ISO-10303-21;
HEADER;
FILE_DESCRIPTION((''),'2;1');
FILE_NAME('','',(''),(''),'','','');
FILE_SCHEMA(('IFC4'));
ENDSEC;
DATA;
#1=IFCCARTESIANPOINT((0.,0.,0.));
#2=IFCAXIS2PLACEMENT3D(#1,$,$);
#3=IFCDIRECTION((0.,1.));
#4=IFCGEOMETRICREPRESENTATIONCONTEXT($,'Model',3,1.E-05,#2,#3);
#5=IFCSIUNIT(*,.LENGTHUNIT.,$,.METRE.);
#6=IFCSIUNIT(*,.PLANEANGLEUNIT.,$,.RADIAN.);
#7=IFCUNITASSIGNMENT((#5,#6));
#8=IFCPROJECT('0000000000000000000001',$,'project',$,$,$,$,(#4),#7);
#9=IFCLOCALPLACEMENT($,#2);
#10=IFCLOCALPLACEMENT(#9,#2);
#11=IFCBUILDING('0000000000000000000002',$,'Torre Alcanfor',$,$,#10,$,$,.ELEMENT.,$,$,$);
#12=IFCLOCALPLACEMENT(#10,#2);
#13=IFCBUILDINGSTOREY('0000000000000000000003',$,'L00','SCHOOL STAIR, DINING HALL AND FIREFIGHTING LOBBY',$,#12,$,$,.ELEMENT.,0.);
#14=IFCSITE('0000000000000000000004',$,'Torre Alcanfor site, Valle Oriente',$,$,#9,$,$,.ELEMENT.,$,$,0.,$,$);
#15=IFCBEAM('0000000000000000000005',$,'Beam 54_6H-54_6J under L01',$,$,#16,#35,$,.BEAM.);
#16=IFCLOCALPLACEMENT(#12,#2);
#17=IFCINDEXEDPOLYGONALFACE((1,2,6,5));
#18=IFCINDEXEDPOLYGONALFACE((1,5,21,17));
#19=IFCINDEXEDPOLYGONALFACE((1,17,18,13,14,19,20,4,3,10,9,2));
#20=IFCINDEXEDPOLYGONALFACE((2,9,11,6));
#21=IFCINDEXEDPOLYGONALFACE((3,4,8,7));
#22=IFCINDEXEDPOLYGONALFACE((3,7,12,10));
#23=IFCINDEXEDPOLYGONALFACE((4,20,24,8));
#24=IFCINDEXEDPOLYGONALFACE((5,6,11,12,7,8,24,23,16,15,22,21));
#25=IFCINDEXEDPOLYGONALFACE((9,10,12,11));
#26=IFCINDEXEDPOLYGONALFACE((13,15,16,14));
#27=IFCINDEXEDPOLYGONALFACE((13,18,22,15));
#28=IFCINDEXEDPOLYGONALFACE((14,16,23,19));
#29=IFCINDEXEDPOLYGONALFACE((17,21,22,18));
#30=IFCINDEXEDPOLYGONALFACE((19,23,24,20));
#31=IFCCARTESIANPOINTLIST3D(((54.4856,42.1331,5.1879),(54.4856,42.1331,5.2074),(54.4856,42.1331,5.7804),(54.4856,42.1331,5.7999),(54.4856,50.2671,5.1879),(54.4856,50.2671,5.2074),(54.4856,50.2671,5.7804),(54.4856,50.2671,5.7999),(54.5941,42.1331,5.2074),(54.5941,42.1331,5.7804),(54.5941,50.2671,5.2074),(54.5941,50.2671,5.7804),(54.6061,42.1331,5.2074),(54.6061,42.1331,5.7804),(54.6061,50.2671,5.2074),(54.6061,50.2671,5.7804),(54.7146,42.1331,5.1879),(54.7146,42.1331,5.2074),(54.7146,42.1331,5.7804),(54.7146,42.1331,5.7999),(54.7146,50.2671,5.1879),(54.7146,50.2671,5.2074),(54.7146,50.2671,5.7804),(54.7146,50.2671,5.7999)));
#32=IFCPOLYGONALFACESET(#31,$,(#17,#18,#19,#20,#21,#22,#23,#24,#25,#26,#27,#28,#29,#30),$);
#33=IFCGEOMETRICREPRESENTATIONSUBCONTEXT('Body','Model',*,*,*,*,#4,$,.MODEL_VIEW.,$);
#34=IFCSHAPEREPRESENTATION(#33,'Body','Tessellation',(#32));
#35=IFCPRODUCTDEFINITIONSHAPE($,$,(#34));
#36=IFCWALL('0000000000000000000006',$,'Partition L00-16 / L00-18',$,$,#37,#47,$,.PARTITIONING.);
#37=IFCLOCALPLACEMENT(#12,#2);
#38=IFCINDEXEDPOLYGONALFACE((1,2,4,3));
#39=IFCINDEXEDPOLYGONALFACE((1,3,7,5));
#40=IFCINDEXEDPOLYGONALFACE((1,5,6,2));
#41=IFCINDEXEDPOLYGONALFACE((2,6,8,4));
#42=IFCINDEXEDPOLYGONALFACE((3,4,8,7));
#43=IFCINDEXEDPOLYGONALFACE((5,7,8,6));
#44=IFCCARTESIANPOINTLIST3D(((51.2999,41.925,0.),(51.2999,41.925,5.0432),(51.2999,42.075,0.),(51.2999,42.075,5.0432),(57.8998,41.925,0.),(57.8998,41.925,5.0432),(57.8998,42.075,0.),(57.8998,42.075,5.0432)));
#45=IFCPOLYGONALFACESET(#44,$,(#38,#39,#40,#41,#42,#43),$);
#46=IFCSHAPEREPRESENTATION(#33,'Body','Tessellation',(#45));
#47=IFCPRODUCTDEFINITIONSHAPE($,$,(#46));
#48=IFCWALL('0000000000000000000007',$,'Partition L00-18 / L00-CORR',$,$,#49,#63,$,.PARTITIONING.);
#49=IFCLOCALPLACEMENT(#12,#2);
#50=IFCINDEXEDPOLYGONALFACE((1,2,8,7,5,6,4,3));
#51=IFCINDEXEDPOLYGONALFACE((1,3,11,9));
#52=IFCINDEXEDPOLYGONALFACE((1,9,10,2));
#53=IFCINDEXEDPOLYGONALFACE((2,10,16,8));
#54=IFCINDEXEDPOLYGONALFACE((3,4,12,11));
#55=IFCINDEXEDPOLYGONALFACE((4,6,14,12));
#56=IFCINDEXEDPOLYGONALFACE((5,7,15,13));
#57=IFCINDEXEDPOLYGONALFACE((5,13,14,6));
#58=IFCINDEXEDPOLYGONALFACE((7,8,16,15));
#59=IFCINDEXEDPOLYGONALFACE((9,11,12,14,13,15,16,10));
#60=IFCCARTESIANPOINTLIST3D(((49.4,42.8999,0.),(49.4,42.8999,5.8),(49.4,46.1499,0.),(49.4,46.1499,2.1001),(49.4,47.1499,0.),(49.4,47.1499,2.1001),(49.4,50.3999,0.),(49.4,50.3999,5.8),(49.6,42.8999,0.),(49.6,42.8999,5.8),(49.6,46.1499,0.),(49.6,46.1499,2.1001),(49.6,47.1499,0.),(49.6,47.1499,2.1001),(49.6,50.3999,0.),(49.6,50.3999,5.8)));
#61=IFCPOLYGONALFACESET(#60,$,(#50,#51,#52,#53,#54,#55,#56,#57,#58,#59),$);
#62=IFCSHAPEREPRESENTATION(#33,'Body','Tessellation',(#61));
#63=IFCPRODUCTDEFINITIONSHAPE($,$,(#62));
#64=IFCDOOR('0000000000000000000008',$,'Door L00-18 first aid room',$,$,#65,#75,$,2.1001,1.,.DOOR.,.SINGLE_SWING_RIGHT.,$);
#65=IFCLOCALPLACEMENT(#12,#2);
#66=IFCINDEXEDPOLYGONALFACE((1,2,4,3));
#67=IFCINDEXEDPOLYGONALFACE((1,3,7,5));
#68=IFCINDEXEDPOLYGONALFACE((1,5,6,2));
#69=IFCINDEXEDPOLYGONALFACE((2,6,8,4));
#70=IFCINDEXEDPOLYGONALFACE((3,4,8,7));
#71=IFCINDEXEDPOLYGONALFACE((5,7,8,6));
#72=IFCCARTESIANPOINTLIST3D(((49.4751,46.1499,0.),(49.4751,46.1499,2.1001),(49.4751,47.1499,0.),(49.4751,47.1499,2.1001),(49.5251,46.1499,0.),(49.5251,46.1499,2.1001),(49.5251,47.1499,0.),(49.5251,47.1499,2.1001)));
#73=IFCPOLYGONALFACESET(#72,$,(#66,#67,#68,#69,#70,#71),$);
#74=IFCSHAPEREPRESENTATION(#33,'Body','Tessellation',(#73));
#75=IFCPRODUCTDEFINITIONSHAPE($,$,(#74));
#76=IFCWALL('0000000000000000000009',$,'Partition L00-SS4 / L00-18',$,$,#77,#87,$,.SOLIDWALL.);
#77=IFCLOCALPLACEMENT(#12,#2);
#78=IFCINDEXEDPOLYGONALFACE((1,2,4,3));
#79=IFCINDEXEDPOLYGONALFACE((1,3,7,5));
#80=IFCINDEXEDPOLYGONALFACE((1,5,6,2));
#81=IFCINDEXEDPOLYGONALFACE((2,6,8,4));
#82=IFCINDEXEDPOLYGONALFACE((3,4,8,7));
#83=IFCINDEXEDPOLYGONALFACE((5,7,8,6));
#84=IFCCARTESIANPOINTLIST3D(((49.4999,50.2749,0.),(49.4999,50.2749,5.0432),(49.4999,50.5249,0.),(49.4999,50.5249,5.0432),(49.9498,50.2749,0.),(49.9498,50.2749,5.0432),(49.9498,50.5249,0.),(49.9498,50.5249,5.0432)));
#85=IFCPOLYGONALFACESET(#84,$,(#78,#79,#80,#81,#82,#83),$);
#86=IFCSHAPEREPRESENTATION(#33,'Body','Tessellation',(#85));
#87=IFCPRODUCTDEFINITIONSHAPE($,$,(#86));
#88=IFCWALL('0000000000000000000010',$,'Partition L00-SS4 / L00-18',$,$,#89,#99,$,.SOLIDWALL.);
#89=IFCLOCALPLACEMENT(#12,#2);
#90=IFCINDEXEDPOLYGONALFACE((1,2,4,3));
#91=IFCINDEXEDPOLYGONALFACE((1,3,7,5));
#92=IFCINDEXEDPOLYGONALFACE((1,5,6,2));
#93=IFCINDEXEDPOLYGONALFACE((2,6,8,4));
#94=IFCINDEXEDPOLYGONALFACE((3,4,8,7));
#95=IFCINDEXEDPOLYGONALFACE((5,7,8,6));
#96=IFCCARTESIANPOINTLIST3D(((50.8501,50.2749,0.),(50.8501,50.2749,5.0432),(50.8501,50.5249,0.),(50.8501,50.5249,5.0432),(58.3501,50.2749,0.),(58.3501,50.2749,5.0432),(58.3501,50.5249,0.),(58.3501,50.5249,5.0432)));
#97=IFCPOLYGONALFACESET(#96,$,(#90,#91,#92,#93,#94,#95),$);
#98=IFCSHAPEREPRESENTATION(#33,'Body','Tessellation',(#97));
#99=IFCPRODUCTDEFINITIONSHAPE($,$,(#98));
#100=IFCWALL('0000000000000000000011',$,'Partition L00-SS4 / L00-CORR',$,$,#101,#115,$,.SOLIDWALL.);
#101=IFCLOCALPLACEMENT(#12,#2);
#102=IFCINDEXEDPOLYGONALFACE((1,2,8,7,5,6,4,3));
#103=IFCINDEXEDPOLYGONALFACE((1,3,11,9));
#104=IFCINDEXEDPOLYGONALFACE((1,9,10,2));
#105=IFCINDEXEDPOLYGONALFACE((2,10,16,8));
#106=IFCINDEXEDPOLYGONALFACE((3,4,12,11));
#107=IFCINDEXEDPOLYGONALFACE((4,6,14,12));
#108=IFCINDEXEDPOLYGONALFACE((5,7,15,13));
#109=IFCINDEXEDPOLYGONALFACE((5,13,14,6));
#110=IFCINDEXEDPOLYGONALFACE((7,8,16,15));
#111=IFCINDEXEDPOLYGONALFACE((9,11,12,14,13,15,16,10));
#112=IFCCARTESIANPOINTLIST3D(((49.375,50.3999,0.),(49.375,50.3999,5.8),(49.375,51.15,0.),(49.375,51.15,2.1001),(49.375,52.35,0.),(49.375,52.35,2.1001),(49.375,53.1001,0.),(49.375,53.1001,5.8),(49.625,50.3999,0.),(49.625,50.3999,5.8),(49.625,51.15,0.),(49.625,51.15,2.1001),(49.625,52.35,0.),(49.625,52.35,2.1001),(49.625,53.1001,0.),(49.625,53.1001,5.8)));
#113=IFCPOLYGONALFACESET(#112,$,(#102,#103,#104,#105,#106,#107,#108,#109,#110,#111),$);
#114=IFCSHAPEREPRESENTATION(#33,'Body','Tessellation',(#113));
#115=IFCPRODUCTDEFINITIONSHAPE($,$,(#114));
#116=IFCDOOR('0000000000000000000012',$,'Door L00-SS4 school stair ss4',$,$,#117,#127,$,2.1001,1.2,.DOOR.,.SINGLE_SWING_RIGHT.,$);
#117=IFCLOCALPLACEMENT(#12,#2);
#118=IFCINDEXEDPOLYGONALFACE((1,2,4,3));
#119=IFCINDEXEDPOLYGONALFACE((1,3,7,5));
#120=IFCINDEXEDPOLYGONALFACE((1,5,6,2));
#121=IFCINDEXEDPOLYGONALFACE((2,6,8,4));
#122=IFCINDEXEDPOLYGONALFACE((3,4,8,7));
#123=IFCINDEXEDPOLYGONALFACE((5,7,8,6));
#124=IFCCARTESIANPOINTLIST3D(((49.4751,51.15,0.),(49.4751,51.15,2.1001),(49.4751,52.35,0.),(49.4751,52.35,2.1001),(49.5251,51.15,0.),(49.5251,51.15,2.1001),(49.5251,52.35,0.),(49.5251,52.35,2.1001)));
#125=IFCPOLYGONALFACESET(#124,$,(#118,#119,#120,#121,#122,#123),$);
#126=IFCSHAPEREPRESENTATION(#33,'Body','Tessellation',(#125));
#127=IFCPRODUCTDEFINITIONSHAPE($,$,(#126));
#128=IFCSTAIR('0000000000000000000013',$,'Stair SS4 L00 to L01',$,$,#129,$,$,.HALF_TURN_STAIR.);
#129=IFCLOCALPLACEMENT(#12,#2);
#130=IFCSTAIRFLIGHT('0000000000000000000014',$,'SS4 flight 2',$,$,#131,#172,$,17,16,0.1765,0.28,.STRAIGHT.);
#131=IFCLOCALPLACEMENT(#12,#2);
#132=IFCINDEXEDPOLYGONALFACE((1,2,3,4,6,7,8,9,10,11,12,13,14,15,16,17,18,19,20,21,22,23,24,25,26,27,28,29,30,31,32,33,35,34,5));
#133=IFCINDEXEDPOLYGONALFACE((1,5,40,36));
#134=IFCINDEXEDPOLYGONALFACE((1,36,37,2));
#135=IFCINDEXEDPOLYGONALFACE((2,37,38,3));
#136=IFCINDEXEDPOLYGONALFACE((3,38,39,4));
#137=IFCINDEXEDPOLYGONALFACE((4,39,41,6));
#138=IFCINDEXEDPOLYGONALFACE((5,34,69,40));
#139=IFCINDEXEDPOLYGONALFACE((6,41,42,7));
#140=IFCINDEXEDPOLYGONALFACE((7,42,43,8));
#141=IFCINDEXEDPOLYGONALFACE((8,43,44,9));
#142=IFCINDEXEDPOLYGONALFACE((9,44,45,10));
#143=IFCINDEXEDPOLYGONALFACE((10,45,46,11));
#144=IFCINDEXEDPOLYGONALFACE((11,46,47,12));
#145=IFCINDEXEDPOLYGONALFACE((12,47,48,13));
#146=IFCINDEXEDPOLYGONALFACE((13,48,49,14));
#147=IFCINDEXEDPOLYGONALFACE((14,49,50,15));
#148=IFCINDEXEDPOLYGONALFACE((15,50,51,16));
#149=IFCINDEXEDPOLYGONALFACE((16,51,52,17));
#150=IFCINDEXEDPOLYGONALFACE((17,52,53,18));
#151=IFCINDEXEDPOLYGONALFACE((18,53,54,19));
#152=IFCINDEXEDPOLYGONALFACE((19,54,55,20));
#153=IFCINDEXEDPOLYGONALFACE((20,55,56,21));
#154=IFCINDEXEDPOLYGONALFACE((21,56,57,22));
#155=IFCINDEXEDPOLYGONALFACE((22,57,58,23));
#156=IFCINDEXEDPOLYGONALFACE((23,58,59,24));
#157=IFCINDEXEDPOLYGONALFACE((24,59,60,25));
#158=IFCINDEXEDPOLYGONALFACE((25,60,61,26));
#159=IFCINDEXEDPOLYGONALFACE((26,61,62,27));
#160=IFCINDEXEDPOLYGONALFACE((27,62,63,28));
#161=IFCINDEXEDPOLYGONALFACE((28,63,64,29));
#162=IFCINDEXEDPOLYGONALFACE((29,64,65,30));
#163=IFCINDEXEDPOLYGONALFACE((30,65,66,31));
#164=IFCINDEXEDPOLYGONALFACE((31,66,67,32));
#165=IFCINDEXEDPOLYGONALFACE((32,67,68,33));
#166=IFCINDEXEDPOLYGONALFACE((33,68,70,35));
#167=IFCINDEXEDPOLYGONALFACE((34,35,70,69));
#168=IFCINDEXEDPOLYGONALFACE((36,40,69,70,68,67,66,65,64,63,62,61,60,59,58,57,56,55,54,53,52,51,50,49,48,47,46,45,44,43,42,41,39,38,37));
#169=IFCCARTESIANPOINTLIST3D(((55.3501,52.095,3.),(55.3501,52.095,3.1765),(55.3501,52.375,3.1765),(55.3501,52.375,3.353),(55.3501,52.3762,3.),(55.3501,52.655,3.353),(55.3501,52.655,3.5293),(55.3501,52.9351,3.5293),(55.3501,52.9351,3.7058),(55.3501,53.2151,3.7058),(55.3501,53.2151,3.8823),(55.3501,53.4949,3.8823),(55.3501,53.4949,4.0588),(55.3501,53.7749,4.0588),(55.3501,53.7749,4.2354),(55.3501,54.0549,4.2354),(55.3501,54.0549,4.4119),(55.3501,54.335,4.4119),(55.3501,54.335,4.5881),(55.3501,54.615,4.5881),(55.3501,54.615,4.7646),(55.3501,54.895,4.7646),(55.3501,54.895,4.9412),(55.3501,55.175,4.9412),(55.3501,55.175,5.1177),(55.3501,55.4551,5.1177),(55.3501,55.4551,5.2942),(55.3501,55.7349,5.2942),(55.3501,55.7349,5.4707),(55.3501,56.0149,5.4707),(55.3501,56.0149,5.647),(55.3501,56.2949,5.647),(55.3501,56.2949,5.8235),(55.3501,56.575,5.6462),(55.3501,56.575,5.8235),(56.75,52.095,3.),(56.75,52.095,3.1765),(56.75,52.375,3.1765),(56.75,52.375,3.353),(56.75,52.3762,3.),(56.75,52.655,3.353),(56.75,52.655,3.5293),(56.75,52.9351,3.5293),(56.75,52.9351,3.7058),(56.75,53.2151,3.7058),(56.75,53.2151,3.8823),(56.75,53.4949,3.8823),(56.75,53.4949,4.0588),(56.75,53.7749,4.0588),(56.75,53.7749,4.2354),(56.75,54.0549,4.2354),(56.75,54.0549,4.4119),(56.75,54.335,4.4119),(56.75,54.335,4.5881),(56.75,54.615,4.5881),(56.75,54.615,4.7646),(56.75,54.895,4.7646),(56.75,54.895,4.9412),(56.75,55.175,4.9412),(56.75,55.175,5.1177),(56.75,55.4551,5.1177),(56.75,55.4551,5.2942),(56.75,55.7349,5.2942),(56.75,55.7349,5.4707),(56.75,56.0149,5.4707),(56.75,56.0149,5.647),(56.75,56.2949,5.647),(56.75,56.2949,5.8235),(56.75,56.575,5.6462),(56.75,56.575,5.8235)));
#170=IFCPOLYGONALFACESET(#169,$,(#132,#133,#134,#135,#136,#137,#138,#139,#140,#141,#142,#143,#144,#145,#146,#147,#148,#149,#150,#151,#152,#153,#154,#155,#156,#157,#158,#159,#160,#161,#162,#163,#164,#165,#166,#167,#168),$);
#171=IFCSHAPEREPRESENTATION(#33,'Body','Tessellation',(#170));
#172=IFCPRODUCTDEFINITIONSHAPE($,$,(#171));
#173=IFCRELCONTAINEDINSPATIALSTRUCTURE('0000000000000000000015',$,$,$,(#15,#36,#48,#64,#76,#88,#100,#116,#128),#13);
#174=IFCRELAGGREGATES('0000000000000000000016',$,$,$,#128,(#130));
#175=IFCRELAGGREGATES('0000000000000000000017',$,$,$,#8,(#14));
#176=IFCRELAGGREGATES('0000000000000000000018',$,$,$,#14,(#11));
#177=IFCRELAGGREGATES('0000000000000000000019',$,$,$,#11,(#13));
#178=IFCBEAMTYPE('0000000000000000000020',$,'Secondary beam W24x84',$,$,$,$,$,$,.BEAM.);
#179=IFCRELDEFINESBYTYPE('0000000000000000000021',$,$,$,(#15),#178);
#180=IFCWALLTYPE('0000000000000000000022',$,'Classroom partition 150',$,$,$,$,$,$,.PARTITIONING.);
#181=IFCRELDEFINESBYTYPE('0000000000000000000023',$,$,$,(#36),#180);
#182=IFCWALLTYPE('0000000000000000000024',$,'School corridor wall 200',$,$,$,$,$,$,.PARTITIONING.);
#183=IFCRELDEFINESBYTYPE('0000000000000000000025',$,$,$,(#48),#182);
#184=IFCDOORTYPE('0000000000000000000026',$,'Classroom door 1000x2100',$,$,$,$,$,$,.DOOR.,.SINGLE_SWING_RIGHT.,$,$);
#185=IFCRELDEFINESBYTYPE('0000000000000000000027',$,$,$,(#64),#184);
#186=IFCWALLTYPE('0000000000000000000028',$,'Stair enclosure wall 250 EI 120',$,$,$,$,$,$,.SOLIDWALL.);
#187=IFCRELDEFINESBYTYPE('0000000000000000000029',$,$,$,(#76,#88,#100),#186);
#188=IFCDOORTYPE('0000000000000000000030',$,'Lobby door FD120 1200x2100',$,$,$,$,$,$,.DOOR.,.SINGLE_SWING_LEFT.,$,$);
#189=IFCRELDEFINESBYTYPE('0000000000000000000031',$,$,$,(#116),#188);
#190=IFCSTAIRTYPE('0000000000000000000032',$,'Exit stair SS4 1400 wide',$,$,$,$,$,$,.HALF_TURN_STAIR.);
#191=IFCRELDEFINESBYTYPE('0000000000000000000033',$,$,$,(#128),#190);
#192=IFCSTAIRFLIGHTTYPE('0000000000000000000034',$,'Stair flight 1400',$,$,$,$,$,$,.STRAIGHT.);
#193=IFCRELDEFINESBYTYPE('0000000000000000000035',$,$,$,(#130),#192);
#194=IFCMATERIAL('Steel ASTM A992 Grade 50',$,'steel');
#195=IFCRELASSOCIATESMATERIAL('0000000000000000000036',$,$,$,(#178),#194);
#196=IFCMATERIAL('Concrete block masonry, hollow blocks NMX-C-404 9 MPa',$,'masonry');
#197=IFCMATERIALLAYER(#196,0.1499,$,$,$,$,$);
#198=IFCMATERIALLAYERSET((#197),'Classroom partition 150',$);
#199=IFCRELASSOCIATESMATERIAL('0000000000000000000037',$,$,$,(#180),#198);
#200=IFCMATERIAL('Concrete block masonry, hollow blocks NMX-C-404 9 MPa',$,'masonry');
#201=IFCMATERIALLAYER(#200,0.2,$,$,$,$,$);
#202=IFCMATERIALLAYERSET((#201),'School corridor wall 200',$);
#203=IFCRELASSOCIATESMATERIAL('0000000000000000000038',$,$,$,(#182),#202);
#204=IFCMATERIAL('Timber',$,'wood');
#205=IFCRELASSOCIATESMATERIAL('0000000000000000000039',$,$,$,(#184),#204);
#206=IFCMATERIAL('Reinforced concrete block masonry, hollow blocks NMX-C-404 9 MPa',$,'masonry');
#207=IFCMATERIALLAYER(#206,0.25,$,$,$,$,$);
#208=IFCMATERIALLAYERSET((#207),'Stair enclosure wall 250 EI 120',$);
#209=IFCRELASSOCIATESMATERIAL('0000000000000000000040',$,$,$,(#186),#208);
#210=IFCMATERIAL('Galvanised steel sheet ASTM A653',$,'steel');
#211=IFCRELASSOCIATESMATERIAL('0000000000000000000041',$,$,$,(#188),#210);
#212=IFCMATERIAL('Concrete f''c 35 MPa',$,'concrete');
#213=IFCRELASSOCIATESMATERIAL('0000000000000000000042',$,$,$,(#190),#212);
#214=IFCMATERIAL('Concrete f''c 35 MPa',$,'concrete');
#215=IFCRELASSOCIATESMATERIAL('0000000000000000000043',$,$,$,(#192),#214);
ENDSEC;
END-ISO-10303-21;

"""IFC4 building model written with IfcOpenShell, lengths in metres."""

from ifc_helpers import new_model, si_unit, direction, frame, frame_2d, origin, origin_2d, place, context, subcontext, project, spatial, polyline, rectangle, i_section, outline, extrude, material, layer, layer_set, material_profile, profile_set, type_object, element, fill, aggregate, save


model = new_model("IFC4")

# Units and contexts
model_context = context("Model", 3, precision=1e-05, world=origin(), true_north=direction((0.0, 1.0)))
body_context = subcontext(model_context, "Body", "Model", "MODEL_VIEW")
ifc_project = project(units=[si_unit("LENGTHUNIT", "METRE"), si_unit("PLANEANGLEUNIT", "RADIAN")], contexts=[model_context])

# Site, building, storey
site_placement = place(None, origin())
site = spatial("IfcSite", under=ifc_project, at=site_placement, Name="Torre Alcanfor site, Valle Oriente", CompositionType="ELEMENT", RefElevation=0.0)
building_placement = place(site_placement, origin())
building = spatial("IfcBuilding", under=site, at=building_placement, Name="Torre Alcanfor", CompositionType="ELEMENT")
storey_placement = place(building_placement, origin())
storey = spatial("IfcBuildingStorey", under=building, at=storey_placement, Name="L00", Description="SCHOOL STAIR, DINING HALL AND FIREFIGHTING LOBBY", CompositionType="ELEMENT", Elevation=0.0)

# Beam
ifc_material_1 = material(Name="Steel ASTM A992 Grade 50", Category="steel")
ifc_material_profile_1 = material_profile(ifc_material_1, i_section(OverallWidth=0.229, OverallDepth=0.6121, WebThickness=0.012, FlangeThickness=0.0195, at=origin_2d()), Name="W24x84")
ifc_profile_set_1 = profile_set([ifc_material_profile_1], Name="Steel ASTM A992 Grade 50")
beam_type_1 = type_object("IfcBeamType", Name="Secondary beam W24x84", PredefinedType="BEAM", material=ifc_profile_set_1)
beam_1_placement = place(storey_placement, frame((54.6001, 42.1331, 5.4939), z_axis=(0.0, 1.0, 0.0), x_axis=(-1.0, 0.0, 0.0)))
element("IfcBeam", 1, at=beam_1_placement, inside=storey, type_object=beam_type_1, Name="Beam 54_6H-54_6J under L01", PredefinedType="BEAM", context=body_context, shape_type="SweptSolid", body=[
    extrude(i_section(OverallWidth=0.229, OverallDepth=0.6121, WebThickness=0.012, FlangeThickness=0.0195, at=origin_2d()), origin(), (0.0, 0.0, 1.0), 8.134),
])

# Wall
ifc_material_2 = material(Name="Concrete block masonry, hollow blocks NMX-C-404 9 MPa", Category="masonry")
ifc_layer_1 = layer(ifc_material_2, 0.1499)
ifc_layer_set_1 = layer_set([ifc_layer_1], Name="Classroom partition 150")
wall_type_1 = type_object("IfcWallType", Name="Classroom partition 150", PredefinedType="PARTITIONING", material=ifc_layer_set_1)
wall_1_placement = place(storey_placement, frame((51.3, 42.0, 0.0), z_axis=(0.0, 0.0, 1.0), x_axis=(1.0, 0.0, 0.0)))
element("IfcWall", 2, at=wall_1_placement, inside=storey, type_object=wall_type_1, Name="Partition L00-16 / L00-18", PredefinedType="PARTITIONING", context=body_context, shape_type="SweptSolid", body=[
    extrude(rectangle(XDim=6.5999, YDim=0.1499, at=frame_2d((3.2998, 0.0))), origin(), (0.0, 0.0, 1.0), 5.0432),
])

# Wall, opening, door
ifc_material_3 = material(Name="Concrete block masonry, hollow blocks NMX-C-404 9 MPa", Category="masonry")
ifc_layer_2 = layer(ifc_material_3, 0.2)
ifc_layer_set_2 = layer_set([ifc_layer_2], Name="School corridor wall 200")
wall_type_2 = type_object("IfcWallType", Name="School corridor wall 200", PredefinedType="PARTITIONING", material=ifc_layer_set_2)
wall_2_placement = place(storey_placement, frame((49.5, 42.8999, 0.0), z_axis=(0.0, 0.0, 1.0), x_axis=(0.0, 1.0, 0.0)))
wall_2 = element("IfcWall", 3, at=wall_2_placement, inside=storey, type_object=wall_type_2, Name="Partition L00-18 / L00-CORR", PredefinedType="PARTITIONING", context=body_context, shape_type="SweptSolid", body=[
    extrude(rectangle(XDim=7.5, YDim=0.2, at=frame_2d((3.75, 0.0))), origin(), (0.0, 0.0, 1.0), 5.8),
])
opening_1_placement = place(wall_2_placement, frame((3.25, 0.0, 0.0)))
opening_1 = element("IfcOpeningElement", 4, at=opening_1_placement, cuts=wall_2, PredefinedType="OPENING", context=body_context, shape_type="SweptSolid", body=[
    extrude(rectangle(XDim=1.0, YDim=2.1001, at=frame_2d((0.5, 1.05))), frame((0.0, 0.1099, 0.0), z_axis=(0.0, -1.0, 0.0), x_axis=(1.0, 0.0, 0.0)), (0.0, 0.0, 1.0), 0.22),
])
ifc_material_4 = material(Name="Timber", Category="wood")
door_type_1 = type_object("IfcDoorType", Name="Classroom door 1000x2100", OperationType="SINGLE_SWING_RIGHT", PredefinedType="DOOR", material=ifc_material_4)
door_1_placement = place(opening_1_placement, frame((1.0, 0.0, 0.0), z_axis=(0.0, 0.0, 1.0), x_axis=(-1.0, 0.0, 0.0)))
door_1 = element("IfcDoor", 5, at=door_1_placement, inside=storey, type_object=door_type_1, Name="Door L00-18 first aid room", OperationType="SINGLE_SWING_RIGHT", OverallHeight=2.1001, OverallWidth=1.0, PredefinedType="DOOR", context=body_context, shape_type="SweptSolid", body=[
    extrude(rectangle(XDim=1.0, YDim=2.1001, at=frame_2d((0.5, 1.05))), frame((0.0, 0.0251, 0.0), z_axis=(0.0, -1.0, 0.0), x_axis=(1.0, 0.0, 0.0)), (0.0, 0.0, 1.0), 0.05),
])
fill(opening_1, door_1)

# Walls
ifc_material_5 = material(Name="Reinforced concrete block masonry, hollow blocks NMX-C-404 9 MPa", Category="masonry")
ifc_layer_3 = layer(ifc_material_5, 0.25)
ifc_layer_set_3 = layer_set([ifc_layer_3], Name="Stair enclosure wall 250 EI 120")
wall_type_3 = type_object("IfcWallType", Name="Stair enclosure wall 250 EI 120", PredefinedType="SOLIDWALL", material=ifc_layer_set_3)
wall_3_placement = place(storey_placement, frame((49.95, 50.3999, 0.0), z_axis=(0.0, 0.0, 1.0), x_axis=(-1.0, 0.0, 0.0)))
element("IfcWall", 6, at=wall_3_placement, inside=storey, type_object=wall_type_3, Name="Partition L00-SS4 / L00-18", PredefinedType="SOLIDWALL", context=body_context, shape_type="SweptSolid", body=[
    extrude(rectangle(XDim=0.45, YDim=0.25, at=frame_2d((0.2251, 0.0))), origin(), (0.0, 0.0, 1.0), 5.0432),
])
wall_4_placement = place(storey_placement, frame((58.3501, 50.3999, 0.0), z_axis=(0.0, 0.0, 1.0), x_axis=(-1.0, 0.0, 0.0)))
element("IfcWall", 7, at=wall_4_placement, inside=storey, type_object=wall_type_3, Name="Partition L00-SS4 / L00-18", PredefinedType="SOLIDWALL", context=body_context, shape_type="SweptSolid", body=[
    extrude(rectangle(XDim=7.5, YDim=0.25, at=frame_2d((3.75, 0.0))), origin(), (0.0, 0.0, 1.0), 5.0432),
])

# Wall, opening, door
wall_5_placement = place(storey_placement, frame((49.5, 50.3999, 0.0), z_axis=(0.0, 0.0, 1.0), x_axis=(0.0, 1.0, 0.0)))
wall_5 = element("IfcWall", 8, at=wall_5_placement, inside=storey, type_object=wall_type_3, Name="Partition L00-SS4 / L00-CORR", PredefinedType="SOLIDWALL", context=body_context, shape_type="SweptSolid", body=[
    extrude(rectangle(XDim=2.7002, YDim=0.25, at=frame_2d((1.3501, 0.0))), origin(), (0.0, 0.0, 1.0), 5.8),
])
opening_2_placement = place(wall_5_placement, frame((0.75, 0.0, 0.0)))
opening_2 = element("IfcOpeningElement", 9, at=opening_2_placement, cuts=wall_5, PredefinedType="OPENING", context=body_context, shape_type="SweptSolid", body=[
    extrude(rectangle(XDim=1.2, YDim=2.1001, at=frame_2d((0.6001, 1.05))), frame((0.0, 0.135, 0.0), z_axis=(0.0, -1.0, 0.0), x_axis=(1.0, 0.0, 0.0)), (0.0, 0.0, 1.0), 0.27),
])
ifc_material_6 = material(Name="Galvanised steel sheet ASTM A653", Category="steel")
door_type_2 = type_object("IfcDoorType", Name="Lobby door FD120 1200x2100", OperationType="SINGLE_SWING_LEFT", PredefinedType="DOOR", material=ifc_material_6)
door_2_placement = place(opening_2_placement, origin())
door_2 = element("IfcDoor", 10, at=door_2_placement, inside=storey, type_object=door_type_2, Name="Door L00-SS4 school stair ss4", OperationType="SINGLE_SWING_RIGHT", OverallHeight=2.1001, OverallWidth=1.2, PredefinedType="DOOR", context=body_context, shape_type="SweptSolid", body=[
    extrude(rectangle(XDim=1.2, YDim=2.1001, at=frame_2d((0.6001, 1.05))), frame((0.0, 0.0249, 0.0), z_axis=(0.0, -1.0, 0.0), x_axis=(1.0, 0.0, 0.0)), (0.0, 0.0, 1.0), 0.05),
])
fill(opening_2, door_2)

# Stair, stair flight
ifc_material_7 = material(Name="Concrete f'c 35 MPa", Category="concrete")
stair_type = type_object("IfcStairType", Name="Exit stair SS4 1400 wide", PredefinedType="HALF_TURN_STAIR", material=ifc_material_7)
stair_placement = place(storey_placement, origin())
stair = element("IfcStair", 11, at=stair_placement, inside=storey, type_object=stair_type, Name="Stair SS4 L00 to L01", PredefinedType="HALF_TURN_STAIR")
ifc_material_8 = material(Name="Concrete f'c 35 MPa", Category="concrete")
stair_flight_type = type_object("IfcStairFlightType", Name="Stair flight 1400", PredefinedType="STRAIGHT", material=ifc_material_8)
stair_flight_placement = place(storey_placement, frame((56.05, 52.095, 3.0), z_axis=(0.0, 0.0, 1.0), x_axis=(0.0, 1.0, 0.0)))
stair_flight = element("IfcStairFlight", 12, at=stair_flight_placement, type_object=stair_flight_type, Name="SS4 flight 2", NumberOfRisers=17, NumberOfTreads=16, PredefinedType="STRAIGHT", RiserHeight=0.1765, TreadLength=0.28, context=body_context, shape_type="SweptSolid", body=[
    extrude(outline(polyline([(0.0, 0.0), (0.0, 0.1765), (0.28, 0.1765), (0.28, 0.353), (0.5601, 0.353), (0.5601, 0.5293), (0.8401, 0.5293), (0.8401, 0.7058), (1.1201, 0.7058), (1.1201, 0.8823), (1.3999, 0.8823), (1.3999, 1.0588), (1.6799, 1.0588), (1.6799, 1.2354), (1.96, 1.2354), (1.96, 1.4119), (2.24, 1.4119), (2.24, 1.5881), (2.52, 1.5881), (2.52, 1.7646), (2.8, 1.7646), (2.8, 1.9412), (3.0801, 1.9412), (3.0801, 2.1177), (3.3601, 2.1177), (3.3601, 2.2942), (3.6399, 2.2942), (3.6399, 2.4707), (3.9199, 2.4707), (3.9199, 2.647), (4.2, 2.647), (4.2, 2.8235), (4.48, 2.8235), (4.48, 3.0), (4.48, 2.6462), (0.2812, 0.0), (0.0, 0.0)])), frame((0.0, 0.7, 0.0), z_axis=(0.0, -1.0, 0.0), x_axis=(1.0, 0.0, 0.0)), (0.0, 0.0, 1.0), 1.3999),
])
aggregate(stair, [stair_flight])

save(model, "model.ifc")
